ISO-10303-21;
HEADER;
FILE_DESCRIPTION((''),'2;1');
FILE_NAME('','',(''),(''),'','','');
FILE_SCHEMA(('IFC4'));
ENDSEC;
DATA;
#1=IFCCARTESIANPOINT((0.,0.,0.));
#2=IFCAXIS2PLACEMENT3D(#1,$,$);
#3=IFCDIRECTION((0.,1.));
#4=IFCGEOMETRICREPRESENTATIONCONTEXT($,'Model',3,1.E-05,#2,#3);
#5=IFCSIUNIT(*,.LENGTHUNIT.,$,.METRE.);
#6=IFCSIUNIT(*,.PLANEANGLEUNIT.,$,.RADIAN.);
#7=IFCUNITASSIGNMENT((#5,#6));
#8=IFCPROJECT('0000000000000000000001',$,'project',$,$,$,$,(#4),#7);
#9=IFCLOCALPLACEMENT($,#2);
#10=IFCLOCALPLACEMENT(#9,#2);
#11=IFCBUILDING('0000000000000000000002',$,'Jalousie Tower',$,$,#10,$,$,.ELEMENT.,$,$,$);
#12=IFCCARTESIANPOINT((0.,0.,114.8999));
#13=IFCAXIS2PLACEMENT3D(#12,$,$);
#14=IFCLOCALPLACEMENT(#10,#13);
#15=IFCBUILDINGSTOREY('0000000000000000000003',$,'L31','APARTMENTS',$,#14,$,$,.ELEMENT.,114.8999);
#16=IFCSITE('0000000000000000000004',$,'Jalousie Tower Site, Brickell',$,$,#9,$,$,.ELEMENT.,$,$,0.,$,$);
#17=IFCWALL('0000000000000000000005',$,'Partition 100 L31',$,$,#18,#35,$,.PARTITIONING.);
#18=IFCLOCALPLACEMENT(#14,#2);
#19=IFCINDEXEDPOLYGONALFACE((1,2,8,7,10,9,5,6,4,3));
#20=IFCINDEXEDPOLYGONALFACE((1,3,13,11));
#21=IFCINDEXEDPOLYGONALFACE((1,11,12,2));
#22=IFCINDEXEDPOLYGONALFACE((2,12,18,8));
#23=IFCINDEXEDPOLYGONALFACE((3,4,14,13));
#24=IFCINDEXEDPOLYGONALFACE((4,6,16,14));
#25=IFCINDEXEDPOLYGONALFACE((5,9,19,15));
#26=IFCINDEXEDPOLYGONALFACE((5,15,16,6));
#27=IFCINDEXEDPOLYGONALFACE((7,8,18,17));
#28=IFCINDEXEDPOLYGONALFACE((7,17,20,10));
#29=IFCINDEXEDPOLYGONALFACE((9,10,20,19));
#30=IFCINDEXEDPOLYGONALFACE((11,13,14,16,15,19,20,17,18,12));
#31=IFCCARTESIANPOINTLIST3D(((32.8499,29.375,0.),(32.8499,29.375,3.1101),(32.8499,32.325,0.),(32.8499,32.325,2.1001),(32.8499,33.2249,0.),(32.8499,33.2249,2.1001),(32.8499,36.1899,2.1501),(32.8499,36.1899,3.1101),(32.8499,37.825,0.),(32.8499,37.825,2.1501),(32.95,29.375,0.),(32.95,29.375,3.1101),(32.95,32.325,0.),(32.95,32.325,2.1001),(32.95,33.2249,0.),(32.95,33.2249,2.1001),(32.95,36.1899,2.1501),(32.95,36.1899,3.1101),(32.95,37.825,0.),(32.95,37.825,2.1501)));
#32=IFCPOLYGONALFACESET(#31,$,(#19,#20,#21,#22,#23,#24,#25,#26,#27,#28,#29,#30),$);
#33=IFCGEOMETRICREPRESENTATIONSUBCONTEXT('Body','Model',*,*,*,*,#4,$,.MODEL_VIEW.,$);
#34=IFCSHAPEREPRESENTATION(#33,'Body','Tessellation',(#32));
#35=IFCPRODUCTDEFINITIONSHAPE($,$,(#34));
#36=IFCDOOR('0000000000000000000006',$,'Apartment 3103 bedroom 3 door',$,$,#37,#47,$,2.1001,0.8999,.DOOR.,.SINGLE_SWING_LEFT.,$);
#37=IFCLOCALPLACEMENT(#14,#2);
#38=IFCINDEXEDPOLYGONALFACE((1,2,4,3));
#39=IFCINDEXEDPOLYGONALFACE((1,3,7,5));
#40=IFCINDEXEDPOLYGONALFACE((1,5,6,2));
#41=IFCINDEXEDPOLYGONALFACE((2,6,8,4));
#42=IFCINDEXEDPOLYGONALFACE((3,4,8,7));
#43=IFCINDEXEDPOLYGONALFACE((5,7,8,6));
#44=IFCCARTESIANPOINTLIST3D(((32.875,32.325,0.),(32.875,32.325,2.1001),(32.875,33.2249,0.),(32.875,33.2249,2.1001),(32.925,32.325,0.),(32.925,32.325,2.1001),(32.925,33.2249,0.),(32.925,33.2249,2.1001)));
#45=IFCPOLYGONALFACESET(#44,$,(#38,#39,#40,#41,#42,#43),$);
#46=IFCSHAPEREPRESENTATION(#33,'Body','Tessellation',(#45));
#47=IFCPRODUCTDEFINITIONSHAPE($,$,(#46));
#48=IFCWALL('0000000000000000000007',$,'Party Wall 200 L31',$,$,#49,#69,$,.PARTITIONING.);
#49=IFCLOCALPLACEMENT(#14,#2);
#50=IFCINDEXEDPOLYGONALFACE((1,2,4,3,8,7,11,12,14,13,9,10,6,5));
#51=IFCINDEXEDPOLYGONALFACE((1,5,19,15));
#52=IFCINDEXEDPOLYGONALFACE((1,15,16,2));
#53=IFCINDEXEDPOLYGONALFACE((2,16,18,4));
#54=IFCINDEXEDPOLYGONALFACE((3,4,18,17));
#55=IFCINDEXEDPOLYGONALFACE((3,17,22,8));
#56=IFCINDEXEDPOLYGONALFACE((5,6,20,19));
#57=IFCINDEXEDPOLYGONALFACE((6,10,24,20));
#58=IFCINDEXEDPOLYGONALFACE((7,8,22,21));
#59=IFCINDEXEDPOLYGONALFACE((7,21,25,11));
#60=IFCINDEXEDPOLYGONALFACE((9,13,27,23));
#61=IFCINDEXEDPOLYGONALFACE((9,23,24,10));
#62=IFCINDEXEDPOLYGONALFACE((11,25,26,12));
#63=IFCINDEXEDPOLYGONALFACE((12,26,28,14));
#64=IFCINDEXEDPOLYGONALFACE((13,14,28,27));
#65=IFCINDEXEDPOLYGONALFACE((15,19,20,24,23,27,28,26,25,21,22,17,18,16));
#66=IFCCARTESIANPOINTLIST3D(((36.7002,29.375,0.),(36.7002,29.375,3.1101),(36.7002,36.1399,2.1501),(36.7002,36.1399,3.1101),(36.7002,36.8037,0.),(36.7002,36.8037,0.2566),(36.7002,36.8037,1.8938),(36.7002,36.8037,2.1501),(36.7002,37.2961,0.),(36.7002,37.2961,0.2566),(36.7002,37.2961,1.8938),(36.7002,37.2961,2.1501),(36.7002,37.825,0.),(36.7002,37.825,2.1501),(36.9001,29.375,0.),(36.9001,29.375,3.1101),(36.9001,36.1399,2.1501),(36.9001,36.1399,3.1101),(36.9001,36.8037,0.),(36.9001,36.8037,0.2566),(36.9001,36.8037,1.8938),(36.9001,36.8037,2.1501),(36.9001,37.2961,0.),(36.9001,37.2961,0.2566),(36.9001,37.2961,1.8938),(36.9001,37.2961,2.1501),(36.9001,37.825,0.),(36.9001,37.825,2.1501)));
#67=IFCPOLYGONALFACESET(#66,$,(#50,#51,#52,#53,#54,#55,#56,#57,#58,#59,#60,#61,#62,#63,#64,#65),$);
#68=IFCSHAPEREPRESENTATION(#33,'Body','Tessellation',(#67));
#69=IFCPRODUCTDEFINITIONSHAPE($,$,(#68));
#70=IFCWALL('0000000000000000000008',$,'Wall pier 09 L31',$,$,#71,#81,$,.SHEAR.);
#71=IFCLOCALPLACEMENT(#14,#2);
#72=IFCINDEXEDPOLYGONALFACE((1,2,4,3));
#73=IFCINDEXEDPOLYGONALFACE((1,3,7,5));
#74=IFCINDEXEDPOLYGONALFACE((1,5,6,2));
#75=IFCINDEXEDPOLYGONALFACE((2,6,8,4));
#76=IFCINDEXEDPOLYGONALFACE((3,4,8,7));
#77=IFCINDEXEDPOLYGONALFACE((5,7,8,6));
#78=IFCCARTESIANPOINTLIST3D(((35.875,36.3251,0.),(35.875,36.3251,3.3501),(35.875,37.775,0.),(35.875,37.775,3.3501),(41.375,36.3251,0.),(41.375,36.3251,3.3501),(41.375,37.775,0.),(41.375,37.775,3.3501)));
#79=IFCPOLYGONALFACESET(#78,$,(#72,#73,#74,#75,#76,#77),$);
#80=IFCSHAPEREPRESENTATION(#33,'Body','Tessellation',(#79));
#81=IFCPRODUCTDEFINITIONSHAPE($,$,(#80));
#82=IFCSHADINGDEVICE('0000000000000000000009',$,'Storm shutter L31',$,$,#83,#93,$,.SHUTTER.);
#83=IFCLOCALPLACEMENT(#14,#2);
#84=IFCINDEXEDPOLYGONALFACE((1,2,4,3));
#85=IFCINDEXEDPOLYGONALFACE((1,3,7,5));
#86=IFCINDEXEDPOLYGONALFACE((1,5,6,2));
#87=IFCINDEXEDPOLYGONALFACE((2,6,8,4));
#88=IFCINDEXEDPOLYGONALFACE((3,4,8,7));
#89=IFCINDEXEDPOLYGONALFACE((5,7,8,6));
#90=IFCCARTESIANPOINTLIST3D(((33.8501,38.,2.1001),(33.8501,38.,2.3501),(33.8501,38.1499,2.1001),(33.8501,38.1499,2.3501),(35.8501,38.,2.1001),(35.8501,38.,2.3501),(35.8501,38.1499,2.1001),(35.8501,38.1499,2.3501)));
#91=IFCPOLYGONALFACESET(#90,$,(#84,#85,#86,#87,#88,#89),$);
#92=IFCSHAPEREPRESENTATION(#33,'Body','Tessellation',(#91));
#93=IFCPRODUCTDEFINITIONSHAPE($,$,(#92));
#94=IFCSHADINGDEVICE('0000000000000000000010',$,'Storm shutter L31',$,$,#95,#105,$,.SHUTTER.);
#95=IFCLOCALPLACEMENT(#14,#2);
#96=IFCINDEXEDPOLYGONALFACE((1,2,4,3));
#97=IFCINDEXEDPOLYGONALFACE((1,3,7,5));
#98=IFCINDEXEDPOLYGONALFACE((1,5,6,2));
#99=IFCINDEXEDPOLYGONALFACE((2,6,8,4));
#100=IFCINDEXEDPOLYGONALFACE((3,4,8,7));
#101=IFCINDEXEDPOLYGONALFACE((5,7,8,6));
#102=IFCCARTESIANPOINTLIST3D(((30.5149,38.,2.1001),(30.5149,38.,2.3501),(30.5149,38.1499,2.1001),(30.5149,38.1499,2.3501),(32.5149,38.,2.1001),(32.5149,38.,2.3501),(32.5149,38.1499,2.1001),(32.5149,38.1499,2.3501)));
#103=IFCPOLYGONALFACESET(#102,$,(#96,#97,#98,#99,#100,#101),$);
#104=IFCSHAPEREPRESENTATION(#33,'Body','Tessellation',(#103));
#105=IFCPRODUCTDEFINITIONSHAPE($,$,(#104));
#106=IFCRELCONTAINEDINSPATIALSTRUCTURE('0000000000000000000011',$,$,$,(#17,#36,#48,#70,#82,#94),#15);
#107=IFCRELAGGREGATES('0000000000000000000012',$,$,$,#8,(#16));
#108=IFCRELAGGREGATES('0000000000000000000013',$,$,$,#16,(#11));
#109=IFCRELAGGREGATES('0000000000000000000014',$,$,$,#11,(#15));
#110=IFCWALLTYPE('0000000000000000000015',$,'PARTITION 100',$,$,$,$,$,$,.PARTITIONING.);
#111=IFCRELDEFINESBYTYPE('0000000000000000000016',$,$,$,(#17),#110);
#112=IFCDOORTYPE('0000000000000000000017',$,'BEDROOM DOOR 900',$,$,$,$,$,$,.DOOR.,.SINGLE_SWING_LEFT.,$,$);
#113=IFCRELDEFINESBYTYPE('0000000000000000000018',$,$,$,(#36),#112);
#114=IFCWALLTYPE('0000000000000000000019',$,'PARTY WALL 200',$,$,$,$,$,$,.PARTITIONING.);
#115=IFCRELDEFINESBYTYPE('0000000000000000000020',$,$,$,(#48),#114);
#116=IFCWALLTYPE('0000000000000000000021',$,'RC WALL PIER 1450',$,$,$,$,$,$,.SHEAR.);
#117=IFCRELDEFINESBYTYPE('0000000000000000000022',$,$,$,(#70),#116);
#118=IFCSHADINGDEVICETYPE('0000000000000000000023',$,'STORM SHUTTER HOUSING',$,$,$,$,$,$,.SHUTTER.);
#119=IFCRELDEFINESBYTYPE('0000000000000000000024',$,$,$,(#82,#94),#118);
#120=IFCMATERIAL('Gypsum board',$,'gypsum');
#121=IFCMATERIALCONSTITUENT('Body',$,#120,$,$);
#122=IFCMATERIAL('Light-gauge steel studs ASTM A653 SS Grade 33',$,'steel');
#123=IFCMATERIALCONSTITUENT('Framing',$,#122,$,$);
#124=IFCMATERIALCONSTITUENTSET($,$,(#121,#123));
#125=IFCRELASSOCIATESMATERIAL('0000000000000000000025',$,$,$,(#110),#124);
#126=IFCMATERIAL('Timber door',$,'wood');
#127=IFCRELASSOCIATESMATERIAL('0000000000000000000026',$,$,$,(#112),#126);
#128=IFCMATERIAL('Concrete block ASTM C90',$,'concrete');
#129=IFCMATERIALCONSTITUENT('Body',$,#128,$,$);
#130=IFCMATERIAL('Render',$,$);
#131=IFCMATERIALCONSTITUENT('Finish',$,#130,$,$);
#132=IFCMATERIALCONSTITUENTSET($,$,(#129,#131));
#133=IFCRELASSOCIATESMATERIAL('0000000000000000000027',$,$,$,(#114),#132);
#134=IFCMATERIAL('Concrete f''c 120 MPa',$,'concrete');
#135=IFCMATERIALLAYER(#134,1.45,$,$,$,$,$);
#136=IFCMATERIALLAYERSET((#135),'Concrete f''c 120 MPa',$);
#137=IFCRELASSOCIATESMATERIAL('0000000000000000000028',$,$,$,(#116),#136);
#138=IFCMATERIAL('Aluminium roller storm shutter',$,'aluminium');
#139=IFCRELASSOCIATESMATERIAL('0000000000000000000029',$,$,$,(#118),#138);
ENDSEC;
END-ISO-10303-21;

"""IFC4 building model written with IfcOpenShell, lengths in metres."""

from ifc_helpers import new_model, si_unit, direction, frame, frame_2d, origin, origin_2d, place, context, subcontext, project, spatial, polyline, rectangle, outline, extrude, material, layer, layer_set, constituent, constituent_set, type_object, element, fill, save


model = new_model("IFC4")

# Units and contexts
model_context = context("Model", 3, precision=1e-05, world=origin(), true_north=direction((0.0, 1.0)))
body_context = subcontext(model_context, "Body", "Model", "MODEL_VIEW")
ifc_project = project(units=[si_unit("LENGTHUNIT", "METRE"), si_unit("PLANEANGLEUNIT", "RADIAN")], contexts=[model_context])

# Site, building, storey
site_placement = place(None, origin())
site = spatial("IfcSite", under=ifc_project, at=site_placement, Name="Jalousie Tower Site, Brickell", CompositionType="ELEMENT", RefElevation=0.0)
building_placement = place(site_placement, origin())
building = spatial("IfcBuilding", under=site, at=building_placement, Name="Jalousie Tower", CompositionType="ELEMENT")
storey_placement = place(building_placement, frame((0.0, 0.0, 114.8999)))
storey = spatial("IfcBuildingStorey", under=building, at=storey_placement, Name="L31", Description="APARTMENTS", CompositionType="ELEMENT", Elevation=114.8999)

# Wall, opening, door
ifc_material_1 = material(Name="Gypsum board", Category="gypsum")
ifc_constituent_1 = constituent(ifc_material_1, Name="Body")
ifc_material_2 = material(Name="Light-gauge steel studs ASTM A653 SS Grade 33", Category="steel")
ifc_constituent_2 = constituent(ifc_material_2, Name="Framing")
ifc_constituent_set_1 = constituent_set(constituents=[ifc_constituent_1, ifc_constituent_2])
wall_type_1 = type_object("IfcWallType", Name="PARTITION 100", PredefinedType="PARTITIONING", material=ifc_constituent_set_1)
ifc_material_3 = material(Name="Timber door", Category="wood")
door_type = type_object("IfcDoorType", Name="BEDROOM DOOR 900", OperationType="SINGLE_SWING_LEFT", PredefinedType="DOOR", material=ifc_material_3)
wall_1_placement = place(storey_placement, frame((32.8999, 37.825, 0.0), z_axis=(0.0, 0.0, 1.0), x_axis=(0.0, -1.0, 0.0)))
wall_1 = element("IfcWall", 1, at=wall_1_placement, inside=storey, type_object=wall_type_1, Name="Partition 100 L31", PredefinedType="PARTITIONING", context=body_context, shape_type="SweptSolid", body=[
    extrude(outline(polyline([(0.0, 0.0), (8.45, 0.0), (8.45, 3.1101), (1.635, 3.1101), (1.635, 2.1501), (0.0, 2.1501), (0.0, 3.1101), (0.0, 0.0)])), frame((0.0, 0.05, 0.0), z_axis=(0.0, -1.0, 0.0), x_axis=(1.0, 0.0, 0.0)), (0.0, 0.0, 1.0), 0.1001),
])
opening_1_placement = place(wall_1_placement, frame((4.6001, 0.0, 0.0)))
opening_1 = element("IfcOpeningElement", 2, at=opening_1_placement, cuts=wall_1, PredefinedType="OPENING", context=body_context, shape_type="SweptSolid", body=[
    extrude(rectangle(XDim=0.8999, YDim=2.1001, at=frame_2d((0.45, 1.05))), frame((0.0, 0.0601, 0.0), z_axis=(0.0, -1.0, 0.0), x_axis=(1.0, 0.0, 0.0)), (0.0, 0.0, 1.0), 0.1201),
])
door_1_placement = place(opening_1_placement, frame((0.8999, 0.0, 0.0), z_axis=(0.0, 0.0, 1.0), x_axis=(-1.0, 0.0, 0.0)))
door_1 = element("IfcDoor", 3, at=door_1_placement, inside=storey, type_object=door_type, Name="Apartment 3103 bedroom 3 door", OperationType="SINGLE_SWING_LEFT", OverallHeight=2.1001, OverallWidth=0.8999, PredefinedType="DOOR", context=body_context, shape_type="SweptSolid", body=[
    extrude(rectangle(XDim=0.8999, YDim=2.1001, at=frame_2d((0.45, 1.05))), frame((0.0, 0.0249, 0.0), z_axis=(0.0, -1.0, 0.0), x_axis=(1.0, 0.0, 0.0)), (0.0, 0.0, 1.0), 0.05),
])
fill(opening_1, door_1)

# Walls
ifc_material_4 = material(Name="Concrete block ASTM C90", Category="concrete")
ifc_constituent_3 = constituent(ifc_material_4, Name="Body")
ifc_material_5 = material(Name="Render")
ifc_constituent_4 = constituent(ifc_material_5, Name="Finish")
ifc_constituent_set_2 = constituent_set(constituents=[ifc_constituent_3, ifc_constituent_4])
wall_type_2 = type_object("IfcWallType", Name="PARTY WALL 200", PredefinedType="PARTITIONING", material=ifc_constituent_set_2)
wall_2_placement = place(storey_placement, frame((36.8, 37.825, 0.0), z_axis=(0.0, 0.0, 1.0), x_axis=(0.0, -1.0, 0.0)))
element("IfcWall", 4, at=wall_2_placement, inside=storey, type_object=wall_type_2, Name="Party Wall 200 L31", PredefinedType="PARTITIONING", context=body_context, shape_type="SweptSolid", body=[
    extrude(outline(polyline([(0.5288, 2.1501), (0.0, 2.1501), (0.0, 0.0), (0.5288, 0.0), (0.5288, 0.2566), (1.0212, 0.2566), (1.0212, 0.0), (8.45, 0.0), (8.45, 3.1101), (1.6851, 3.1101), (1.6851, 2.1501), (1.0212, 2.1501), (1.0212, 1.8938), (0.5288, 1.8938), (0.5288, 2.1501)])), frame((0.0, 0.1001, 0.0), z_axis=(0.0, -1.0, 0.0), x_axis=(1.0, 0.0, 0.0)), (0.0, 0.0, 1.0), 0.2),
])
ifc_material_6 = material(Name="Concrete f'c 120 MPa", Category="concrete")
ifc_layer_1 = layer(ifc_material_6, 1.45)
ifc_layer_set_1 = layer_set([ifc_layer_1], Name="Concrete f'c 120 MPa")
wall_type_3 = type_object("IfcWallType", Name="RC WALL PIER 1450", PredefinedType="SHEAR", material=ifc_layer_set_1)
wall_3_placement = place(storey_placement, frame((35.875, 37.05, 0.0), z_axis=(0.0, 0.0, 1.0), x_axis=(1.0, 0.0, 0.0)))
element("IfcWall", 5, at=wall_3_placement, inside=storey, type_object=wall_type_3, Name="Wall pier 09 L31", PredefinedType="SHEAR", context=body_context, shape_type="SweptSolid", body=[
    extrude(rectangle(XDim=5.5, YDim=1.45, at=frame_2d((2.75, 0.0))), origin(), (0.0, 0.0, 1.0), 3.3501),
])

# Shading devices
ifc_material_7 = material(Name="Aluminium roller storm shutter", Category="aluminium")
shading_device_type = type_object("IfcShadingDeviceType", Name="STORM SHUTTER HOUSING", PredefinedType="SHUTTER", material=ifc_material_7)
for number, where, z_axis, x_axis, name in (
    (6, (34.8501, 38.075, 2.1001), (0.0, 0.0, 1.0), (-1.0, 0.0, 0.0), "Storm shutter L31"),
    (7, (31.5149, 38.075, 2.1001), (0.0, 0.0, 1.0), (-1.0, 0.0, 0.0), "Storm shutter L31"),
):
    element("IfcShadingDevice", number, at=place(storey_placement, frame(where, z_axis=z_axis, x_axis=x_axis)), inside=storey, type_object=shading_device_type, Name=name, PredefinedType="SHUTTER", context=body_context, shape_type="SweptSolid", body=[
        extrude(rectangle(XDim=2.0, YDim=0.1499, at=origin_2d()), origin(), (0.0, 0.0, 1.0), 0.25),
    ])

save(model, "model.ifc")
